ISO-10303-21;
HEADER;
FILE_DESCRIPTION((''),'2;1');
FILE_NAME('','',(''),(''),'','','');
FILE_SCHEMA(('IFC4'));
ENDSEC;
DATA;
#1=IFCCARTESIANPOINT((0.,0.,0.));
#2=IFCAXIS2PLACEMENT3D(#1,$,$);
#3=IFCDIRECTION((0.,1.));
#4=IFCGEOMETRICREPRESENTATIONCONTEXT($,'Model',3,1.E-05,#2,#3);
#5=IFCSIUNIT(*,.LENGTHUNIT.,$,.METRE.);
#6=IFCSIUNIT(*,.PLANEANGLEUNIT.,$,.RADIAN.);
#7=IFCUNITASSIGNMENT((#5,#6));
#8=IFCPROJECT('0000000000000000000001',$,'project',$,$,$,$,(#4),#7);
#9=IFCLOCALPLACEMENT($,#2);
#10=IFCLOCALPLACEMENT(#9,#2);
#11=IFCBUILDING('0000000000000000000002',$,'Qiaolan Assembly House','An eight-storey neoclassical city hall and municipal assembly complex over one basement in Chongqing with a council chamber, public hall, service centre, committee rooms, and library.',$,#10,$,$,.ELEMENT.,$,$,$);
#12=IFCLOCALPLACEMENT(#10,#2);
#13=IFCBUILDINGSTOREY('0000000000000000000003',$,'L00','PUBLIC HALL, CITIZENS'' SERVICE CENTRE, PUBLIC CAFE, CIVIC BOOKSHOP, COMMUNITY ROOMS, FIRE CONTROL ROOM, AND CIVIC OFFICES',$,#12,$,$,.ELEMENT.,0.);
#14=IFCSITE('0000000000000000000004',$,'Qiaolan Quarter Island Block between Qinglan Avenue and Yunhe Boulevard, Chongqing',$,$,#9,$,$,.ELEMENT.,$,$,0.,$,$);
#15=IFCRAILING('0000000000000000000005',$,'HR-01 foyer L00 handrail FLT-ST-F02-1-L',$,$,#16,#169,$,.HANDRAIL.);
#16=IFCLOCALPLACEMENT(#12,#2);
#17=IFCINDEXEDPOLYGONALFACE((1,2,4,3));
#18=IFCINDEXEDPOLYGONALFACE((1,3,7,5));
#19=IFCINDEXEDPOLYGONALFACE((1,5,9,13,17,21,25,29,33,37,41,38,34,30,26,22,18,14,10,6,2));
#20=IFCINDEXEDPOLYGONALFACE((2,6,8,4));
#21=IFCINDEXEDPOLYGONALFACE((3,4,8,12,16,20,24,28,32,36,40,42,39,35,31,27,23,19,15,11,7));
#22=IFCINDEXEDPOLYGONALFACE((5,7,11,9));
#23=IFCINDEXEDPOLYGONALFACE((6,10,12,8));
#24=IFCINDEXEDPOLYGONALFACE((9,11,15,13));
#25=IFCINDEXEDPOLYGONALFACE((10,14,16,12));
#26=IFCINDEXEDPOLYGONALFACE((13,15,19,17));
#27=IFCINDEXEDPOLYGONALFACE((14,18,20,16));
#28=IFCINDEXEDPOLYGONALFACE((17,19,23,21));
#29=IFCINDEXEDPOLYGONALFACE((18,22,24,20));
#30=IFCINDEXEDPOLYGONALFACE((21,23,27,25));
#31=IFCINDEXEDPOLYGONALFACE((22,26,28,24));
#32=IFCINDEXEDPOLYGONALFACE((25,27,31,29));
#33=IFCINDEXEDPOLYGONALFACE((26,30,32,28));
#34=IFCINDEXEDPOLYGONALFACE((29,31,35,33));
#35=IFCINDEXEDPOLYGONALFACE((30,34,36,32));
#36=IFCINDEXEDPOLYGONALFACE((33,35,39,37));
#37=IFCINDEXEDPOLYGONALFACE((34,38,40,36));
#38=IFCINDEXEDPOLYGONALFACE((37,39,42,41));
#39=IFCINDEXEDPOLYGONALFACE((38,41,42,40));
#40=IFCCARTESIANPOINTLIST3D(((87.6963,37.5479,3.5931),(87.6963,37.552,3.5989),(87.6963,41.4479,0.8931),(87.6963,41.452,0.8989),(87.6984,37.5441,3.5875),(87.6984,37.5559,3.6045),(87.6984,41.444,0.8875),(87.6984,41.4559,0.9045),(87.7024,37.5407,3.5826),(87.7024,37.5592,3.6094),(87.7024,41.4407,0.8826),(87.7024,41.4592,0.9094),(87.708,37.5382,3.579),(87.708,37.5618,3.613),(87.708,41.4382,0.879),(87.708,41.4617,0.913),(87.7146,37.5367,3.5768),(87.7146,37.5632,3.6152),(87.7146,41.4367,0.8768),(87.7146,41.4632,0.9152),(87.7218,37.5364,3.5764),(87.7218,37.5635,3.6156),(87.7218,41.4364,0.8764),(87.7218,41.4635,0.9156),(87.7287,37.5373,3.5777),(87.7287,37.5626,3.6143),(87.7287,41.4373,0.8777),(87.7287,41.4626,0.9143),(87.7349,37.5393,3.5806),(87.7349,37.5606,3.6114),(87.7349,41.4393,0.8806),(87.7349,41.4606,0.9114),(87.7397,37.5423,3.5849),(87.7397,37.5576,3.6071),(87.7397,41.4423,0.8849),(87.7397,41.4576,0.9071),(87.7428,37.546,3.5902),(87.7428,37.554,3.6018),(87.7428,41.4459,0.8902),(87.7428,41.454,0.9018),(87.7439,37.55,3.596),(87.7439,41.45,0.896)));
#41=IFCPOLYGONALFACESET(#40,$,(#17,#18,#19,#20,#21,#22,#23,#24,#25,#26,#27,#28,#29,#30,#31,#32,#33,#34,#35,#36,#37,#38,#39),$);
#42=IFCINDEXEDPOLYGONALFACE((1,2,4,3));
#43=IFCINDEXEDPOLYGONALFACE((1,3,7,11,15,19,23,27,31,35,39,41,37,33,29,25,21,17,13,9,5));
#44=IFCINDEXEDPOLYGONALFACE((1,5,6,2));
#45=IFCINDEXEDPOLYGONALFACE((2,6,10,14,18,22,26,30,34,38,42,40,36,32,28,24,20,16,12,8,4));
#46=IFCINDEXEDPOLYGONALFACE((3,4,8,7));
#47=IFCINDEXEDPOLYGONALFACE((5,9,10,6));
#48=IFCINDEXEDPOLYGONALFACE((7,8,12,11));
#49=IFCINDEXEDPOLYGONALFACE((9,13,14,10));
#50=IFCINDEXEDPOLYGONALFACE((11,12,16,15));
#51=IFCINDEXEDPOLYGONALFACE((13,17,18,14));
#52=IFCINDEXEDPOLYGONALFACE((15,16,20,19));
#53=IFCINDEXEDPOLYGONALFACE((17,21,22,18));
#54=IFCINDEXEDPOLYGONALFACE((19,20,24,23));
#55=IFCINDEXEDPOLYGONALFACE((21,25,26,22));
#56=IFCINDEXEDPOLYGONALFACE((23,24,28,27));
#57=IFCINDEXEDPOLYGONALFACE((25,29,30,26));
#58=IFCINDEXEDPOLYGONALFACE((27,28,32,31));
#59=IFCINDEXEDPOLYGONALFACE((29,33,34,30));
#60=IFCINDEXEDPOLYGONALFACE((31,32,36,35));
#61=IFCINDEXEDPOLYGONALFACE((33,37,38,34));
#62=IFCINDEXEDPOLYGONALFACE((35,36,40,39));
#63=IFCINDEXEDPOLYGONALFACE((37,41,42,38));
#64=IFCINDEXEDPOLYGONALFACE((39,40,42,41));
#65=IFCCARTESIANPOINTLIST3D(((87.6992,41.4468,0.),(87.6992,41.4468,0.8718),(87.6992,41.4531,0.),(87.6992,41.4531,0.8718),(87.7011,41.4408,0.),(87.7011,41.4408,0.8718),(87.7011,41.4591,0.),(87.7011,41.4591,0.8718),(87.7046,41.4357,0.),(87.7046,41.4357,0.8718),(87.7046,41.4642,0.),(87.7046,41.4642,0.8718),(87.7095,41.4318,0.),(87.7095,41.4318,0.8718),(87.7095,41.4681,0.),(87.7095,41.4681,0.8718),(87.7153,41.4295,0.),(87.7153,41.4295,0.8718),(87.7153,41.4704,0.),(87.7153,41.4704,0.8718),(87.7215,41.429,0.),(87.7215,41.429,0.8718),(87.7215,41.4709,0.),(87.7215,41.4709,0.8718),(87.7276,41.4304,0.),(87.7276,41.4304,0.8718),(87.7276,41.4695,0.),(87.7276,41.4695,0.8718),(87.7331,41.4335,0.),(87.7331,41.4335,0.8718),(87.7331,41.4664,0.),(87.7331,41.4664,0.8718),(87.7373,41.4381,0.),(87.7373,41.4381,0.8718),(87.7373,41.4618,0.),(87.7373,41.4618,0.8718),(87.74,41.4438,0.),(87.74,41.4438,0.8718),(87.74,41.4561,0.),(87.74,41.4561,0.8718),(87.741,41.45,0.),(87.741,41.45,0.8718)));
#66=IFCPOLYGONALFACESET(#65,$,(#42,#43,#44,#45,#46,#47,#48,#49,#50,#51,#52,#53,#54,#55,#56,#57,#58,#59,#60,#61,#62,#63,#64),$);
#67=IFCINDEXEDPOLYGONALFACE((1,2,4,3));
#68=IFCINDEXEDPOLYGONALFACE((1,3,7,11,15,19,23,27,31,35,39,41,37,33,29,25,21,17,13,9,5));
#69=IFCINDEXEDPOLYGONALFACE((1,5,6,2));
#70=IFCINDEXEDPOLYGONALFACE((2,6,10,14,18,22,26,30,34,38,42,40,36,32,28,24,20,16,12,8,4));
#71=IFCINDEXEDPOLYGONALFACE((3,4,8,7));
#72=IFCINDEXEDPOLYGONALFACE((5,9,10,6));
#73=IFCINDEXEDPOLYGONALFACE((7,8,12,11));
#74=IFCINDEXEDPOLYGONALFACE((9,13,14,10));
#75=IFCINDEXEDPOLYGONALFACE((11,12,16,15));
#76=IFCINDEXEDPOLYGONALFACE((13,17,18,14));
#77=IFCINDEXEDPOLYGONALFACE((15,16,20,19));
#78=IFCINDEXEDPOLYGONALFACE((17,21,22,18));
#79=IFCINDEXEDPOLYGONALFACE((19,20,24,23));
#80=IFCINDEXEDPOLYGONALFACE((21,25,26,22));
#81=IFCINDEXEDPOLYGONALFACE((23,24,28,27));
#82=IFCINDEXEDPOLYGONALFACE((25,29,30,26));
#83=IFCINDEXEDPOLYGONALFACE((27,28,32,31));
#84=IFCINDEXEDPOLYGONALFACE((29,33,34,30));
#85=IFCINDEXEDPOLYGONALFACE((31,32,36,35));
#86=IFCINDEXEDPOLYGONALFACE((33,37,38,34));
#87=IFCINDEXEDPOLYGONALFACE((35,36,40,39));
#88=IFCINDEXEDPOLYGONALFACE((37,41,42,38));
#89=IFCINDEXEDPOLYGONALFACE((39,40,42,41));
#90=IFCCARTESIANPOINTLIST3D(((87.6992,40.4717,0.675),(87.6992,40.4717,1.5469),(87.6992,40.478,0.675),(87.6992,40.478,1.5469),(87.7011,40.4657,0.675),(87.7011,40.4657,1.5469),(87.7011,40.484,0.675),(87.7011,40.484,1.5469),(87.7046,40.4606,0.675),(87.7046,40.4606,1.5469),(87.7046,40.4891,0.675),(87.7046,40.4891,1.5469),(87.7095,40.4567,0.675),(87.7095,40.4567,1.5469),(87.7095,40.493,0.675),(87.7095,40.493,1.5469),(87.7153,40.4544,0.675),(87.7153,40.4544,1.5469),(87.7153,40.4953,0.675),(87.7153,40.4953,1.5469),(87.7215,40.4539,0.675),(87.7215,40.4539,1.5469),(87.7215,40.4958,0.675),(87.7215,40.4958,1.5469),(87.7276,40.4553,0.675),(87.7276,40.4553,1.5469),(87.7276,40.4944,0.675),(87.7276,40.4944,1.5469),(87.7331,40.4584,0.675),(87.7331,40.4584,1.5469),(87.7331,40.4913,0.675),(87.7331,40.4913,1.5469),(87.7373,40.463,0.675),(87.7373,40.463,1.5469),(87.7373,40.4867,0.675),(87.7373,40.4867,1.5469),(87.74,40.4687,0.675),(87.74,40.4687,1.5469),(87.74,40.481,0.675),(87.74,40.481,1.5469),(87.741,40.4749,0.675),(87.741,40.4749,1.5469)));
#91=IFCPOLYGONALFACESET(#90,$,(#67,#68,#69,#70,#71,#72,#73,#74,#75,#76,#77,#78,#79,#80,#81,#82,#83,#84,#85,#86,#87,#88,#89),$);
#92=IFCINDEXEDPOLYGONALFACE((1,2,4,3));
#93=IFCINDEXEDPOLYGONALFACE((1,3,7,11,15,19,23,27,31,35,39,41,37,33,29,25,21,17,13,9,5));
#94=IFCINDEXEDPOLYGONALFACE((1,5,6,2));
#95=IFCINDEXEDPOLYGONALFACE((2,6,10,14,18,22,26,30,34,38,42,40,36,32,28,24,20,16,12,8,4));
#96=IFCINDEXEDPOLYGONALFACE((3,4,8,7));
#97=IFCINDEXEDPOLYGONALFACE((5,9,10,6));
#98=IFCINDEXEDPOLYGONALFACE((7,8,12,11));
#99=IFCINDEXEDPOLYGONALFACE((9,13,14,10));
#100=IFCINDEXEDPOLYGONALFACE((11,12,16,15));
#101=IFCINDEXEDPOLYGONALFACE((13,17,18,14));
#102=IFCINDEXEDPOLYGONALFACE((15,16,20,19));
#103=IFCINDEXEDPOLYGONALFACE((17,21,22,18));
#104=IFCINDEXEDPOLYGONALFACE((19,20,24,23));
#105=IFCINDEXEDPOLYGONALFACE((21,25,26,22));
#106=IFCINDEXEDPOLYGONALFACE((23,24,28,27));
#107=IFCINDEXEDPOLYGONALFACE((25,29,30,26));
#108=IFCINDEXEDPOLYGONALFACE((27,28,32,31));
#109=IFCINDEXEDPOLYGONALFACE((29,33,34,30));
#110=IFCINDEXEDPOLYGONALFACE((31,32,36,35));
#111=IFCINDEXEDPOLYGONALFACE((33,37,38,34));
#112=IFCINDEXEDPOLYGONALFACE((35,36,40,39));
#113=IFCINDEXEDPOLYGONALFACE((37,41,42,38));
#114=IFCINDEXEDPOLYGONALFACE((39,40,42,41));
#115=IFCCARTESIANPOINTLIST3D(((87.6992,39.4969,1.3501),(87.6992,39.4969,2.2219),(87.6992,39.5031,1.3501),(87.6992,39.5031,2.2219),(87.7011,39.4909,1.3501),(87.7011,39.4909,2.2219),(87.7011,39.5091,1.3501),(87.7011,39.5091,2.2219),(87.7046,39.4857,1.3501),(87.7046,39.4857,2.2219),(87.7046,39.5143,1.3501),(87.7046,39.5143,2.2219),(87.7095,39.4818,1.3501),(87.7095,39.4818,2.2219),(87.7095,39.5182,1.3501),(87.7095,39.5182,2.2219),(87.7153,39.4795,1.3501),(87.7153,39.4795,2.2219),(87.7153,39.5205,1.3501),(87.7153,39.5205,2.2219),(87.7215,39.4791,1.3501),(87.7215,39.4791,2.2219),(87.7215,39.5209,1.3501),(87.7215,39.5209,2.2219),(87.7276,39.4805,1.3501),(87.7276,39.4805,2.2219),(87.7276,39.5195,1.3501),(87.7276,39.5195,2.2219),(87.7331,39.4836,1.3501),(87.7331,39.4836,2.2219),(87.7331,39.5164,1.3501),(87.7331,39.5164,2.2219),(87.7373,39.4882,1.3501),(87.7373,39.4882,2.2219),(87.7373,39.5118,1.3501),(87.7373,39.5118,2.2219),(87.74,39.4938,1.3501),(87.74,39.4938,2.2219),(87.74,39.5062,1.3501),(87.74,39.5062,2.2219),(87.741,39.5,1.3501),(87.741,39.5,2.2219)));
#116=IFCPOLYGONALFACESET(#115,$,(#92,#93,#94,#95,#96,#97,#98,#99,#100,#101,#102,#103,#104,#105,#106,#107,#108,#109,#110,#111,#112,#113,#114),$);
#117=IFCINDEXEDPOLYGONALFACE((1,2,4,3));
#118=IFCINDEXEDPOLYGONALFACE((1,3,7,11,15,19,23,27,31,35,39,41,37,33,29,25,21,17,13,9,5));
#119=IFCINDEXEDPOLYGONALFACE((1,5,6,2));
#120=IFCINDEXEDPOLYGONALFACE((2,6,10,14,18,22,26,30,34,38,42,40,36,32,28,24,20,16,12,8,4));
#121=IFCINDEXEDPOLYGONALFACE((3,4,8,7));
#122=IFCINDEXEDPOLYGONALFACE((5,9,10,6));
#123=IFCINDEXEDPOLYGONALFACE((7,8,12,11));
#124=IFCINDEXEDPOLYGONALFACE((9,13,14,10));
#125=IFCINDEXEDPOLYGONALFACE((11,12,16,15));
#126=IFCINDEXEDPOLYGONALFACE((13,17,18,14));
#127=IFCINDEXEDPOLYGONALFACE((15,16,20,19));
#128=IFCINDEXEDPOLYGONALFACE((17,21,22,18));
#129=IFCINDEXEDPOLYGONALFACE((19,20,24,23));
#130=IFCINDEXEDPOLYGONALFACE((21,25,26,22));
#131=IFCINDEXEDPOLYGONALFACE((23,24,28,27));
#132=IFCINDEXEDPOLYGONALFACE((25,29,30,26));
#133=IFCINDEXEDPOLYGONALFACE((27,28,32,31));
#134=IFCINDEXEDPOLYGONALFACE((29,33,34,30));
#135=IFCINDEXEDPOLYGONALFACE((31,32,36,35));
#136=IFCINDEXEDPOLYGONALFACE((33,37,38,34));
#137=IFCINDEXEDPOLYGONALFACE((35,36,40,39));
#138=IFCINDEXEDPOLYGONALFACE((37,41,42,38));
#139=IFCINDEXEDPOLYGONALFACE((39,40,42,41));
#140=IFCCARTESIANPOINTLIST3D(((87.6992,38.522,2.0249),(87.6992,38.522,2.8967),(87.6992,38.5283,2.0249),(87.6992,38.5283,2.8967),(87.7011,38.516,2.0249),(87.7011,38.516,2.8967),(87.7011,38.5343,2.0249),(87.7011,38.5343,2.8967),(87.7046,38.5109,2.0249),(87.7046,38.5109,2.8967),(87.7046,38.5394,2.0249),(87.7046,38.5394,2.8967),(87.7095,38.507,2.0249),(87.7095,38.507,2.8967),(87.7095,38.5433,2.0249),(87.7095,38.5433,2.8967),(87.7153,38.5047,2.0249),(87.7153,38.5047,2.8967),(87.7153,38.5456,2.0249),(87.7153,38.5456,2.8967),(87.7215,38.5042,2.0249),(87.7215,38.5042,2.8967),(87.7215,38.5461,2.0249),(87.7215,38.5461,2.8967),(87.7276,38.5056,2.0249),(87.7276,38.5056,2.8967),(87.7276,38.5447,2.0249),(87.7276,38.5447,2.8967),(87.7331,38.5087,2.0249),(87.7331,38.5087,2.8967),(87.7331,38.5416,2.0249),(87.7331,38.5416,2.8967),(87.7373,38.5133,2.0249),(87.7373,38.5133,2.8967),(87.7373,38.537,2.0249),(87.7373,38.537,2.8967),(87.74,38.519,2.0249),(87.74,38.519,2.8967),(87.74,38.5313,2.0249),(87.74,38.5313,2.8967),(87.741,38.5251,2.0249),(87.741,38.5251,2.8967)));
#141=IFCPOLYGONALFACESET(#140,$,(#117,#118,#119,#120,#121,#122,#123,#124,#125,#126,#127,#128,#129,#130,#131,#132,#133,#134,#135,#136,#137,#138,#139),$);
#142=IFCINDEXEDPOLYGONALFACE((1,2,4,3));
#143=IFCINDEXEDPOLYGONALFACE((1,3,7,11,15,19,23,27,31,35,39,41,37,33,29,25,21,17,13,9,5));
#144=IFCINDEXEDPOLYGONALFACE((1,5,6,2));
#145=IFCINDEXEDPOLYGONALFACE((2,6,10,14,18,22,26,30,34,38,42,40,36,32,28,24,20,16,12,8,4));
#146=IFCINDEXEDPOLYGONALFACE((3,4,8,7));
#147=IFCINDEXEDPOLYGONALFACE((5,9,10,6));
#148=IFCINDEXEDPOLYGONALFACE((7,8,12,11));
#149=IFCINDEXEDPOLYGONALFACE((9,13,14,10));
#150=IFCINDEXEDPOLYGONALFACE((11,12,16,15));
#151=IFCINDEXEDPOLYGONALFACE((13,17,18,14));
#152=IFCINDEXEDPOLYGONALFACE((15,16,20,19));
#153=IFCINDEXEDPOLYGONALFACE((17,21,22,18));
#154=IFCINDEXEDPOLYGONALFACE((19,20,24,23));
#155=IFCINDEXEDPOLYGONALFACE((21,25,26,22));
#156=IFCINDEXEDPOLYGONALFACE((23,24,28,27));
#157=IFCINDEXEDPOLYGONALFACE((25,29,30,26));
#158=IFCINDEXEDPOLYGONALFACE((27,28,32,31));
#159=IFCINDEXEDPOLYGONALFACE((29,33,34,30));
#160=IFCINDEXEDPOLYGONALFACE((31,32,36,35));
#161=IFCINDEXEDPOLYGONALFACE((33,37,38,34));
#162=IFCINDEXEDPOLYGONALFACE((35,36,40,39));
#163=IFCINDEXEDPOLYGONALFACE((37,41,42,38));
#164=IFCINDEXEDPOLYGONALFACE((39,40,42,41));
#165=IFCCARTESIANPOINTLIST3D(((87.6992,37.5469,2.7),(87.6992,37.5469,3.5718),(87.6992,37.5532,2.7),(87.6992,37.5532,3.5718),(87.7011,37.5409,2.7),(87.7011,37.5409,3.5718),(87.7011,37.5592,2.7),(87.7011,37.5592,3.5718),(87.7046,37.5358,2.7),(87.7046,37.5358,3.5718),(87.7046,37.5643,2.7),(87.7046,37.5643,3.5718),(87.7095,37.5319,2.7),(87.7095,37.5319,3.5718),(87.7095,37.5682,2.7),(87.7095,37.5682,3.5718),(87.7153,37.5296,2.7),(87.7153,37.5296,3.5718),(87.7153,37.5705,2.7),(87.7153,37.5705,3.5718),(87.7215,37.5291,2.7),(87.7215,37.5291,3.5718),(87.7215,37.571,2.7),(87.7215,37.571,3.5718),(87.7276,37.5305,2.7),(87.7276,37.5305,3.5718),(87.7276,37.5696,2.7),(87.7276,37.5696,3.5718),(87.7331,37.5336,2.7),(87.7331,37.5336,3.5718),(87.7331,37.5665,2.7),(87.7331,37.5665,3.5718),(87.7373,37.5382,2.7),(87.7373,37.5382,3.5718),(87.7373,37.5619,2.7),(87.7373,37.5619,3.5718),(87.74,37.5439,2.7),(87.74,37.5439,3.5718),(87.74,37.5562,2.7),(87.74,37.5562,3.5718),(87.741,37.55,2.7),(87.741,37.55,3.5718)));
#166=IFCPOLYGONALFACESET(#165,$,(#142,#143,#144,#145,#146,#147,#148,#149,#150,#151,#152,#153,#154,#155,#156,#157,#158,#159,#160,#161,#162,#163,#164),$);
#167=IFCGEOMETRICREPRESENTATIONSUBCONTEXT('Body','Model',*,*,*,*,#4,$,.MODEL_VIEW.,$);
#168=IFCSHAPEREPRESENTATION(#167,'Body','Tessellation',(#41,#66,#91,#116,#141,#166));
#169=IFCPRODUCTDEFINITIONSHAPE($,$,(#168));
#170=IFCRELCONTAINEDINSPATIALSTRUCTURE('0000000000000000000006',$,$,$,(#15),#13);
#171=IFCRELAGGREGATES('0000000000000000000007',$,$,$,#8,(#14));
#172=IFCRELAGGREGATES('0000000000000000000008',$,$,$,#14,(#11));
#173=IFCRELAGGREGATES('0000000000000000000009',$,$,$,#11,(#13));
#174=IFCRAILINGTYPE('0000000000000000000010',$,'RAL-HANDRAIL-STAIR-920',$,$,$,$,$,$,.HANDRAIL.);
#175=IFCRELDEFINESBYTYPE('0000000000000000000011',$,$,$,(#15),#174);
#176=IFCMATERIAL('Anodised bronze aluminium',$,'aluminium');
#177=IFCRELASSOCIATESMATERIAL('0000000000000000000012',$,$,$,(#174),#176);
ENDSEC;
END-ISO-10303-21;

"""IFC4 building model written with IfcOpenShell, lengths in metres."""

from ifc_helpers import new_model, si_unit, direction, frame, origin, origin_2d, place, context, subcontext, project, spatial, circle, extrude, material, type_object, element, save


model = new_model("IFC4")

# Units and contexts
model_context = context("Model", 3, precision=1e-05, world=origin(), true_north=direction((0.0, 1.0)))
body_context = subcontext(model_context, "Body", "Model", "MODEL_VIEW")
ifc_project = project(units=[si_unit("LENGTHUNIT", "METRE"), si_unit("PLANEANGLEUNIT", "RADIAN")], contexts=[model_context])

# Site, building, storey
site_placement = place(None, origin())
site = spatial("IfcSite", under=ifc_project, at=site_placement, Name="Qiaolan Quarter Island Block between Qinglan Avenue and Yunhe Boulevard, Chongqing", CompositionType="ELEMENT", RefElevation=0.0)
building_placement = place(site_placement, origin())
building = spatial("IfcBuilding", under=site, at=building_placement, Name="Qiaolan Assembly House", Description="An eight-storey neoclassical city hall and municipal assembly complex over one basement in Chongqing with a council chamber, public hall, service centre, committee rooms, and library.", CompositionType="ELEMENT")
storey_placement = place(building_placement, origin())
storey = spatial("IfcBuildingStorey", under=building, at=storey_placement, Name="L00", Description="PUBLIC HALL, CITIZENS' SERVICE CENTRE, PUBLIC CAFE, CIVIC BOOKSHOP, COMMUNITY ROOMS, FIRE CONTROL ROOM, AND CIVIC OFFICES", CompositionType="ELEMENT", Elevation=0.0)

# Shared definitions
ifc_material_1 = material(Name="Anodised bronze aluminium", Category="aluminium")

# Railing
railing_type = type_object("IfcRailingType", Name="RAL-HANDRAIL-STAIR-920", PredefinedType="HANDRAIL", material=ifc_material_1)
railing_placement = place(storey_placement, frame((87.72, 41.45, 0.0)))
element("IfcRailing", 1, at=railing_placement, inside=storey, type_object=railing_type, Name="HR-01 foyer L00 handrail FLT-ST-F02-1-L", PredefinedType="HANDRAIL", context=body_context, shape_type="SweptSolid", body=[
    extrude(circle(Radius=0.0239, at=origin_2d()), frame((0.0, 0.0, 0.896), z_axis=(0.0, -0.82219, 0.569213), x_axis=(1.0, 0.0, 0.0)), (0.0, 0.0, 1.0), 4.7434),
    extrude(circle(Radius=0.021, at=origin_2d()), origin(), (0.0, 0.0, 1.0), 0.8718),
    extrude(circle(Radius=0.021, at=origin_2d()), frame((0.0, -0.9751, 0.675)), (0.0, 0.0, 1.0), 0.8718),
    extrude(circle(Radius=0.021, at=origin_2d()), frame((0.0, -1.95, 1.3501)), (0.0, 0.0, 1.0), 0.8718),
    extrude(circle(Radius=0.021, at=origin_2d()), frame((0.0, -2.9248, 2.0249)), (0.0, 0.0, 1.0), 0.8718),
    extrude(circle(Radius=0.021, at=origin_2d()), frame((0.0, -3.8999, 2.7)), (0.0, 0.0, 1.0), 0.8718),
])

save(model, "model.ifc")
